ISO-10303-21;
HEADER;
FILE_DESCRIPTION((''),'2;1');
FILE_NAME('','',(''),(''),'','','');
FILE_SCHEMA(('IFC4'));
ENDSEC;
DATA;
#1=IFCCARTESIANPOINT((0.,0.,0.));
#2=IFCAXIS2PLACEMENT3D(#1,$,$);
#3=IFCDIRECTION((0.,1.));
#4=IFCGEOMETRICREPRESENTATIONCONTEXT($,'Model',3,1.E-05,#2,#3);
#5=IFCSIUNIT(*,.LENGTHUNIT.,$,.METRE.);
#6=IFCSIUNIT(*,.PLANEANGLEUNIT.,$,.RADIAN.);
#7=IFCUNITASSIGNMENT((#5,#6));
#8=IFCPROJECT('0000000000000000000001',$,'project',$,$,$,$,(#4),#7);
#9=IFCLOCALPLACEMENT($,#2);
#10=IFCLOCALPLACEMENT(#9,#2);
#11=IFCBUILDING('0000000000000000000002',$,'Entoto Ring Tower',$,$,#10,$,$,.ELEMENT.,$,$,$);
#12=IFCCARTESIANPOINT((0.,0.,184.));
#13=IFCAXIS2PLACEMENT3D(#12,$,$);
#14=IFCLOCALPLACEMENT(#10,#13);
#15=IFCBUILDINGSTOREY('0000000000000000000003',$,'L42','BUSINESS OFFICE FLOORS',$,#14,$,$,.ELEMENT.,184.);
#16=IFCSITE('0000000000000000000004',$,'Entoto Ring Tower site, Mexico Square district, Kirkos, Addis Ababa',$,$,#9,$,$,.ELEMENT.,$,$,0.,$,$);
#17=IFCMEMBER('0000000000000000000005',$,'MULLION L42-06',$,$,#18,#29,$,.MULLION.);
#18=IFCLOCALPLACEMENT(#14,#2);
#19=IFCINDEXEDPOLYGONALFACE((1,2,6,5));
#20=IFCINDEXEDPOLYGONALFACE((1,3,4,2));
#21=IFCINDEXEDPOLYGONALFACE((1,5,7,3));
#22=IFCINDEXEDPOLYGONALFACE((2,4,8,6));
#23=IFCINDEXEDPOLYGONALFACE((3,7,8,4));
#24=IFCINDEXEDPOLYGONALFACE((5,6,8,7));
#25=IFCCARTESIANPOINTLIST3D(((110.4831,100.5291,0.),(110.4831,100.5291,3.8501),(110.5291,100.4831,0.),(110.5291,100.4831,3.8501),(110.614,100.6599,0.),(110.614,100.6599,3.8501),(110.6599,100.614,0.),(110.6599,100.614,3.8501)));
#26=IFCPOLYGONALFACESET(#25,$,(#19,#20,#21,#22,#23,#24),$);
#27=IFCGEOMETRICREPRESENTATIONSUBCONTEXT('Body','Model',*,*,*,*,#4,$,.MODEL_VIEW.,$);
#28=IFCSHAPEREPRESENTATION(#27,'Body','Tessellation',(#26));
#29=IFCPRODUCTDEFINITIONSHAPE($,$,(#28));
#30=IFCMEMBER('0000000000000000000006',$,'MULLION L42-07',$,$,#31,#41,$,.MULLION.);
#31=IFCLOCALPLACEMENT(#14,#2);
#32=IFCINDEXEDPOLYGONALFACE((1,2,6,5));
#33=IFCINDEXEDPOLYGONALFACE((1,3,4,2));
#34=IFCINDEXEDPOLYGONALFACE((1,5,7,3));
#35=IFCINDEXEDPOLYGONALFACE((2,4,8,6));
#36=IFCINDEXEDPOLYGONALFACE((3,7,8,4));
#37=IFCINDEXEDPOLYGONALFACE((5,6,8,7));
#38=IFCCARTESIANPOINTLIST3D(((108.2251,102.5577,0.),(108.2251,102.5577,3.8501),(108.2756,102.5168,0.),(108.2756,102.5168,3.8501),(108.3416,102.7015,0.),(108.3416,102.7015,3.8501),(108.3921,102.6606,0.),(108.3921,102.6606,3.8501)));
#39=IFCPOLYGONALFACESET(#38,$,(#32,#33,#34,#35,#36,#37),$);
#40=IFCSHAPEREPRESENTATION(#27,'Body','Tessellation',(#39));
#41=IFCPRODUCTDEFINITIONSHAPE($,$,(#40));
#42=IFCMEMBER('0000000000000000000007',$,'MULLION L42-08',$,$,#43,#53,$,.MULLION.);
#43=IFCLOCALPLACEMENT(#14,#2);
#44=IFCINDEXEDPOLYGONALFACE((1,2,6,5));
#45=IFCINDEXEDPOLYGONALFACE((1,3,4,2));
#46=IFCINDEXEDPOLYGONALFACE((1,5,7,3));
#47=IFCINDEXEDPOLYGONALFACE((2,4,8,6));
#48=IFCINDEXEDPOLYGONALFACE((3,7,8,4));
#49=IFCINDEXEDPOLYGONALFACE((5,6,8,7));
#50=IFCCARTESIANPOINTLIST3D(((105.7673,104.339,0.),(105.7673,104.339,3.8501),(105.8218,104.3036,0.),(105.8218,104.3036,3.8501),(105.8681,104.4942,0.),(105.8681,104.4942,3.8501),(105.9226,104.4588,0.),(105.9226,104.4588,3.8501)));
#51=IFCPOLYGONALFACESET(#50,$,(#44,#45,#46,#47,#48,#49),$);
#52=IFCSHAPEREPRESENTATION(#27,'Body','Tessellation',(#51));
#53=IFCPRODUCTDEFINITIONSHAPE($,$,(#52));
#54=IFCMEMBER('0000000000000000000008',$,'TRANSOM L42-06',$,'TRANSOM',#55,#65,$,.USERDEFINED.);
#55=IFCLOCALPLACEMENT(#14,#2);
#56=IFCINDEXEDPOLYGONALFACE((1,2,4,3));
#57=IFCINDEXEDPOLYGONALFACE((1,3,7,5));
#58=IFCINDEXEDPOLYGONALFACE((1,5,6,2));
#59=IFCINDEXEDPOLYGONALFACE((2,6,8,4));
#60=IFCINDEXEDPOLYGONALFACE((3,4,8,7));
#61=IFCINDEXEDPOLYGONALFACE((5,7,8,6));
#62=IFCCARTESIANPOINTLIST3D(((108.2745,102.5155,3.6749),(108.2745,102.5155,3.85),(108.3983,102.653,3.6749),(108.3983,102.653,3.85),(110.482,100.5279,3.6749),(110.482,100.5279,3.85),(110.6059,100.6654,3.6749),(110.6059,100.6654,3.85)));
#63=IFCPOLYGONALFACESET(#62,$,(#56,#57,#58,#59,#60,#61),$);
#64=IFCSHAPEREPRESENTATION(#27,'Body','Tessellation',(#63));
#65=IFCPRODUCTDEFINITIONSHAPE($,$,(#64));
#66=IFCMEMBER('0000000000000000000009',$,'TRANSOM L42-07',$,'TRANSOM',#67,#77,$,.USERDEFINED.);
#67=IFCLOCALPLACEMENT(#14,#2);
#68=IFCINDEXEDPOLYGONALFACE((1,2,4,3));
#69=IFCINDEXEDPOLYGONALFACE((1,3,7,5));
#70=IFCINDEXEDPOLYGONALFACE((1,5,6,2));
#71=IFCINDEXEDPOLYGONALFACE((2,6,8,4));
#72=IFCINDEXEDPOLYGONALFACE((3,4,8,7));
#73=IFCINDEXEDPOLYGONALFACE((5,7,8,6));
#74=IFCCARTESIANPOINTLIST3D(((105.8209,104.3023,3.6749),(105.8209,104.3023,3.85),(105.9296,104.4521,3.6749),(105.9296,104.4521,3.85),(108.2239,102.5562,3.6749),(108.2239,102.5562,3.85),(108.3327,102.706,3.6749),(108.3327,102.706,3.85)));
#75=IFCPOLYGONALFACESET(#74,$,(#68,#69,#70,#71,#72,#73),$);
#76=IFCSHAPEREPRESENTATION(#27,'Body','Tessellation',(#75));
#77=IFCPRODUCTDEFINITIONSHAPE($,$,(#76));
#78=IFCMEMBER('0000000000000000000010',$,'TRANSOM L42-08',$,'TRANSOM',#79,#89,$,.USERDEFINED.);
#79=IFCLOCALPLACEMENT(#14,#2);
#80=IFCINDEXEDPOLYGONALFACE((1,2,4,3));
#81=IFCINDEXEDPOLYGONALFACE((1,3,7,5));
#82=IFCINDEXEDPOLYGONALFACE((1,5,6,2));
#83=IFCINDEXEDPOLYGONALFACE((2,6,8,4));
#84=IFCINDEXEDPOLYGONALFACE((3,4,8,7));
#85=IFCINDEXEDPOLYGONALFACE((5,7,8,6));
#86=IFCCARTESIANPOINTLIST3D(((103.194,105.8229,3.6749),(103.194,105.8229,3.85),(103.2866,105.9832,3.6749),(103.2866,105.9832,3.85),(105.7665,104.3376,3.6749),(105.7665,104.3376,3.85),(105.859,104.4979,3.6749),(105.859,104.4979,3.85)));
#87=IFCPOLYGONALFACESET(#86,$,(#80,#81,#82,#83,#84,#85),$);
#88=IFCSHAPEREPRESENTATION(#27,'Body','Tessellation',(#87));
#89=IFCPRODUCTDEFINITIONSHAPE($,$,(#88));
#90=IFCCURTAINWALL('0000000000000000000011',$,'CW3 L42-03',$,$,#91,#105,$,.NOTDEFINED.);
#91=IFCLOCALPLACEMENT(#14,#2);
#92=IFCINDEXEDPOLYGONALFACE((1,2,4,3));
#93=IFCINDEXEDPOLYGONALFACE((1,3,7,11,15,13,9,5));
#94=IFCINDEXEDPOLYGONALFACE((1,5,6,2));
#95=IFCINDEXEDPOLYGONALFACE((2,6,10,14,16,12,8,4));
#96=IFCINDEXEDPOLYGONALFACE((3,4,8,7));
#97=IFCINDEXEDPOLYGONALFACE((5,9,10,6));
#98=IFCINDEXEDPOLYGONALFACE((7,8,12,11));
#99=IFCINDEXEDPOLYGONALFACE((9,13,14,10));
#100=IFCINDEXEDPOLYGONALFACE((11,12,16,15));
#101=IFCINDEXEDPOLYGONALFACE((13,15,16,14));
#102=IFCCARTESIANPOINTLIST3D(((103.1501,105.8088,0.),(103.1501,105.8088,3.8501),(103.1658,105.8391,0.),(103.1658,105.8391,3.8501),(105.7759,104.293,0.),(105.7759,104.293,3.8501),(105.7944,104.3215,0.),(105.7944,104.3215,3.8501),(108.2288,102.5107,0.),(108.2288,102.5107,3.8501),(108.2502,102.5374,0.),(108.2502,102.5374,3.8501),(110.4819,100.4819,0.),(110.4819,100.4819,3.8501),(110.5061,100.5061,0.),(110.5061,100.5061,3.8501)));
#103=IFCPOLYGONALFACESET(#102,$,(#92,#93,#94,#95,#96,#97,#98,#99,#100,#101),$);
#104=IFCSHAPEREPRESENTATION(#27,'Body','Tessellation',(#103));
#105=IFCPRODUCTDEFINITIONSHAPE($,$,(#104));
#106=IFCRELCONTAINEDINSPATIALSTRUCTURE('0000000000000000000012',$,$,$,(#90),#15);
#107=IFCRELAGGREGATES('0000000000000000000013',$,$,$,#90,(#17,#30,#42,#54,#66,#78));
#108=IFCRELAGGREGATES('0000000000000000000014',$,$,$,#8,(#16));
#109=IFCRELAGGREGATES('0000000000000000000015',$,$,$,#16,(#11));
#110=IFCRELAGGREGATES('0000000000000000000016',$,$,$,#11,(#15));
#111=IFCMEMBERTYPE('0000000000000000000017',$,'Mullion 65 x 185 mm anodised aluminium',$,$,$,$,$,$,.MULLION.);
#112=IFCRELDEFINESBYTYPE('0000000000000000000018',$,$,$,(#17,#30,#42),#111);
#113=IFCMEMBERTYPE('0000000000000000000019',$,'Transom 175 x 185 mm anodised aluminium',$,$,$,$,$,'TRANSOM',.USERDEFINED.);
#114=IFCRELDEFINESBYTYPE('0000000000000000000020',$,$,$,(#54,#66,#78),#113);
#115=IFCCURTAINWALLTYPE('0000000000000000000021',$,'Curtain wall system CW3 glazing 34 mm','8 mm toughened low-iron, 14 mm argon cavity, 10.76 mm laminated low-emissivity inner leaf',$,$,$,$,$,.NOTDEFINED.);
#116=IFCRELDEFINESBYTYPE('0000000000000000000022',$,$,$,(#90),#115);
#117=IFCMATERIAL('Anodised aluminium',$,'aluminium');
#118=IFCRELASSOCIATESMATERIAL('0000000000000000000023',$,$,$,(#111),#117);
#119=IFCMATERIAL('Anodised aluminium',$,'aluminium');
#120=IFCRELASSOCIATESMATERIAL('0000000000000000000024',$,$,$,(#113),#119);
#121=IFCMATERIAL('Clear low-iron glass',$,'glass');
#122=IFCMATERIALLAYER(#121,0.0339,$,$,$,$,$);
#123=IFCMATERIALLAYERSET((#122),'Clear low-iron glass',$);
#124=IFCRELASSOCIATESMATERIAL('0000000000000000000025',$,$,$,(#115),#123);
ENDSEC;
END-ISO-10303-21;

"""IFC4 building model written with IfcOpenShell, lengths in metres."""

from ifc_helpers import new_model, si_unit, direction, frame, origin, origin_2d, place, context, subcontext, project, spatial, polyline, rectangle, outline, extrude, material, layer, layer_set, material_profile, profile_set, type_object, element, aggregate, save


model = new_model("IFC4")

# Units and contexts
model_context = context("Model", 3, precision=1e-05, world=origin(), true_north=direction((0.0, 1.0)))
body_context = subcontext(model_context, "Body", "Model", "MODEL_VIEW")
ifc_project = project(units=[si_unit("LENGTHUNIT", "METRE"), si_unit("PLANEANGLEUNIT", "RADIAN")], contexts=[model_context])

# Members
ifc_material_1 = material(Name="Anodised aluminium", Category="aluminium")
ifc_material_profile_1 = material_profile(ifc_material_1, rectangle(XDim=0.0649, YDim=0.1851, at=origin_2d()), Name="Mullion 65 x 185 mm anodised aluminium")
ifc_profile_set_1 = profile_set([ifc_material_profile_1], Name="Anodised aluminium")
member_type_1 = type_object("IfcMemberType", Name="Mullion 65 x 185 mm anodised aluminium", PredefinedType="MULLION", material=ifc_profile_set_1)
site_placement = place(None, origin())
building_placement = place(site_placement, origin())
storey_placement = place(building_placement, frame((0.0, 0.0, 184.0)))
member_1_placement = place(storey_placement, frame((110.5715, 100.5715, 0.0), z_axis=(0.0, 0.0, 1.0), x_axis=(-0.707107, 0.707107, 0.0)))
member_1 = element("IfcMember", 1, at=member_1_placement, type_object=member_type_1, Name="MULLION L42-06", PredefinedType="MULLION", context=body_context, shape_type="SweptSolid", body=[
    extrude(rectangle(XDim=0.0649, YDim=0.1851, at=origin_2d()), origin(), (0.0, 0.0, 1.0), 3.8501),
])
member_2_placement = place(storey_placement, frame((108.3086, 102.6091, 0.0), z_axis=(0.0, 0.0, 1.0), x_axis=(-0.777146, 0.62932, 0.0)))
member_2 = element("IfcMember", 2, at=member_2_placement, type_object=member_type_1, Name="MULLION L42-07", PredefinedType="MULLION", context=body_context, shape_type="SweptSolid", body=[
    extrude(rectangle(XDim=0.0649, YDim=0.1851, at=origin_2d()), origin(), (0.0, 0.0, 1.0), 3.8501),
])
member_3_placement = place(storey_placement, frame((105.845, 104.3989, 0.0), z_axis=(0.0, 0.0, 1.0), x_axis=(-0.838671, 0.544639, 0.0)))
member_3 = element("IfcMember", 3, at=member_3_placement, type_object=member_type_1, Name="MULLION L42-08", PredefinedType="MULLION", context=body_context, shape_type="SweptSolid", body=[
    extrude(rectangle(XDim=0.0649, YDim=0.1851, at=origin_2d()), origin(), (0.0, 0.0, 1.0), 3.8501),
])
ifc_material_2 = material(Name="Anodised aluminium", Category="aluminium")
ifc_material_profile_2 = material_profile(ifc_material_2, rectangle(XDim=0.1851, YDim=0.175, at=origin_2d()), Name="Transom 175 x 185 mm anodised aluminium")
ifc_profile_set_2 = profile_set([ifc_material_profile_2], Name="Anodised aluminium")
member_type_2 = type_object("IfcMemberType", Name="Transom 175 x 185 mm anodised aluminium", ElementType="TRANSOM", PredefinedType="USERDEFINED", material=ifc_profile_set_2)
member_4_placement = place(storey_placement, frame((110.5439, 100.5967, 3.7625), z_axis=(-0.743163, 0.66911, 0.0), x_axis=(-0.66911, -0.743163, 0.0)))
member_4 = element("IfcMember", 4, at=member_4_placement, type_object=member_type_2, Name="TRANSOM L42-06", ObjectType="TRANSOM", PredefinedType="USERDEFINED", context=body_context, shape_type="SweptSolid", body=[
    extrude(rectangle(XDim=0.1851, YDim=0.175, at=origin_2d()), origin(), (0.0, 0.0, 1.0), 2.9705),
])
member_5_placement = place(storey_placement, frame((108.2783, 102.6311, 3.7625), z_axis=(-0.808992, 0.58782, 0.0), x_axis=(-0.58782, -0.808992, 0.0)))
member_5 = element("IfcMember", 5, at=member_5_placement, type_object=member_type_2, Name="TRANSOM L42-07", ObjectType="TRANSOM", PredefinedType="USERDEFINED", context=body_context, shape_type="SweptSolid", body=[
    extrude(rectangle(XDim=0.1851, YDim=0.175, at=origin_2d()), origin(), (0.0, 0.0, 1.0), 2.9705),
])
member_6_placement = place(storey_placement, frame((105.8127, 104.4177, 3.7625), z_axis=(-0.866009, 0.500028, 0.0), x_axis=(-0.500028, -0.866009, 0.0)))
member_6 = element("IfcMember", 6, at=member_6_placement, type_object=member_type_2, Name="TRANSOM L42-08", ObjectType="TRANSOM", PredefinedType="USERDEFINED", context=body_context, shape_type="SweptSolid", body=[
    extrude(rectangle(XDim=0.1851, YDim=0.175, at=origin_2d()), origin(), (0.0, 0.0, 1.0), 2.9705),
])

# Site, building, storey
site = spatial("IfcSite", under=ifc_project, at=site_placement, Name="Entoto Ring Tower site, Mexico Square district, Kirkos, Addis Ababa", CompositionType="ELEMENT", RefElevation=0.0)
building = spatial("IfcBuilding", under=site, at=building_placement, Name="Entoto Ring Tower", CompositionType="ELEMENT")
storey = spatial("IfcBuildingStorey", under=building, at=storey_placement, Name="L42", Description="BUSINESS OFFICE FLOORS", CompositionType="ELEMENT", Elevation=184.0)

# Curtain wall
ifc_material_3 = material(Name="Clear low-iron glass", Category="glass")
ifc_layer = layer(ifc_material_3, 0.0339)
ifc_layer_set = layer_set([ifc_layer], Name="Clear low-iron glass")
curtain_wall_type = type_object("IfcCurtainWallType", Name="Curtain wall system CW3 glazing 34 mm", Description="8 mm toughened low-iron, 14 mm argon cavity, 10.76 mm laminated low-emissivity inner leaf", PredefinedType="NOTDEFINED", material=ifc_layer_set)
curtain_wall_1_placement = place(storey_placement, origin())
curtain_wall_1 = element("IfcCurtainWall", 7, at=curtain_wall_1_placement, inside=storey, type_object=curtain_wall_type, Name="CW3 L42-03", PredefinedType="NOTDEFINED", context=body_context, shape_type="SweptSolid", body=[
    extrude(outline(polyline([(110.5061, 100.5061), (108.2502, 102.5374), (105.7944, 104.3215), (103.1658, 105.8391), (103.1501, 105.8088), (105.7759, 104.293), (108.2288, 102.5107), (110.4819, 100.4819), (110.5061, 100.5061)])), origin(), (0.0, 0.0, 1.0), 3.8501),
])
aggregate(curtain_wall_1, [member_1, member_2, member_3, member_4, member_5, member_6])

save(model, "model.ifc")
